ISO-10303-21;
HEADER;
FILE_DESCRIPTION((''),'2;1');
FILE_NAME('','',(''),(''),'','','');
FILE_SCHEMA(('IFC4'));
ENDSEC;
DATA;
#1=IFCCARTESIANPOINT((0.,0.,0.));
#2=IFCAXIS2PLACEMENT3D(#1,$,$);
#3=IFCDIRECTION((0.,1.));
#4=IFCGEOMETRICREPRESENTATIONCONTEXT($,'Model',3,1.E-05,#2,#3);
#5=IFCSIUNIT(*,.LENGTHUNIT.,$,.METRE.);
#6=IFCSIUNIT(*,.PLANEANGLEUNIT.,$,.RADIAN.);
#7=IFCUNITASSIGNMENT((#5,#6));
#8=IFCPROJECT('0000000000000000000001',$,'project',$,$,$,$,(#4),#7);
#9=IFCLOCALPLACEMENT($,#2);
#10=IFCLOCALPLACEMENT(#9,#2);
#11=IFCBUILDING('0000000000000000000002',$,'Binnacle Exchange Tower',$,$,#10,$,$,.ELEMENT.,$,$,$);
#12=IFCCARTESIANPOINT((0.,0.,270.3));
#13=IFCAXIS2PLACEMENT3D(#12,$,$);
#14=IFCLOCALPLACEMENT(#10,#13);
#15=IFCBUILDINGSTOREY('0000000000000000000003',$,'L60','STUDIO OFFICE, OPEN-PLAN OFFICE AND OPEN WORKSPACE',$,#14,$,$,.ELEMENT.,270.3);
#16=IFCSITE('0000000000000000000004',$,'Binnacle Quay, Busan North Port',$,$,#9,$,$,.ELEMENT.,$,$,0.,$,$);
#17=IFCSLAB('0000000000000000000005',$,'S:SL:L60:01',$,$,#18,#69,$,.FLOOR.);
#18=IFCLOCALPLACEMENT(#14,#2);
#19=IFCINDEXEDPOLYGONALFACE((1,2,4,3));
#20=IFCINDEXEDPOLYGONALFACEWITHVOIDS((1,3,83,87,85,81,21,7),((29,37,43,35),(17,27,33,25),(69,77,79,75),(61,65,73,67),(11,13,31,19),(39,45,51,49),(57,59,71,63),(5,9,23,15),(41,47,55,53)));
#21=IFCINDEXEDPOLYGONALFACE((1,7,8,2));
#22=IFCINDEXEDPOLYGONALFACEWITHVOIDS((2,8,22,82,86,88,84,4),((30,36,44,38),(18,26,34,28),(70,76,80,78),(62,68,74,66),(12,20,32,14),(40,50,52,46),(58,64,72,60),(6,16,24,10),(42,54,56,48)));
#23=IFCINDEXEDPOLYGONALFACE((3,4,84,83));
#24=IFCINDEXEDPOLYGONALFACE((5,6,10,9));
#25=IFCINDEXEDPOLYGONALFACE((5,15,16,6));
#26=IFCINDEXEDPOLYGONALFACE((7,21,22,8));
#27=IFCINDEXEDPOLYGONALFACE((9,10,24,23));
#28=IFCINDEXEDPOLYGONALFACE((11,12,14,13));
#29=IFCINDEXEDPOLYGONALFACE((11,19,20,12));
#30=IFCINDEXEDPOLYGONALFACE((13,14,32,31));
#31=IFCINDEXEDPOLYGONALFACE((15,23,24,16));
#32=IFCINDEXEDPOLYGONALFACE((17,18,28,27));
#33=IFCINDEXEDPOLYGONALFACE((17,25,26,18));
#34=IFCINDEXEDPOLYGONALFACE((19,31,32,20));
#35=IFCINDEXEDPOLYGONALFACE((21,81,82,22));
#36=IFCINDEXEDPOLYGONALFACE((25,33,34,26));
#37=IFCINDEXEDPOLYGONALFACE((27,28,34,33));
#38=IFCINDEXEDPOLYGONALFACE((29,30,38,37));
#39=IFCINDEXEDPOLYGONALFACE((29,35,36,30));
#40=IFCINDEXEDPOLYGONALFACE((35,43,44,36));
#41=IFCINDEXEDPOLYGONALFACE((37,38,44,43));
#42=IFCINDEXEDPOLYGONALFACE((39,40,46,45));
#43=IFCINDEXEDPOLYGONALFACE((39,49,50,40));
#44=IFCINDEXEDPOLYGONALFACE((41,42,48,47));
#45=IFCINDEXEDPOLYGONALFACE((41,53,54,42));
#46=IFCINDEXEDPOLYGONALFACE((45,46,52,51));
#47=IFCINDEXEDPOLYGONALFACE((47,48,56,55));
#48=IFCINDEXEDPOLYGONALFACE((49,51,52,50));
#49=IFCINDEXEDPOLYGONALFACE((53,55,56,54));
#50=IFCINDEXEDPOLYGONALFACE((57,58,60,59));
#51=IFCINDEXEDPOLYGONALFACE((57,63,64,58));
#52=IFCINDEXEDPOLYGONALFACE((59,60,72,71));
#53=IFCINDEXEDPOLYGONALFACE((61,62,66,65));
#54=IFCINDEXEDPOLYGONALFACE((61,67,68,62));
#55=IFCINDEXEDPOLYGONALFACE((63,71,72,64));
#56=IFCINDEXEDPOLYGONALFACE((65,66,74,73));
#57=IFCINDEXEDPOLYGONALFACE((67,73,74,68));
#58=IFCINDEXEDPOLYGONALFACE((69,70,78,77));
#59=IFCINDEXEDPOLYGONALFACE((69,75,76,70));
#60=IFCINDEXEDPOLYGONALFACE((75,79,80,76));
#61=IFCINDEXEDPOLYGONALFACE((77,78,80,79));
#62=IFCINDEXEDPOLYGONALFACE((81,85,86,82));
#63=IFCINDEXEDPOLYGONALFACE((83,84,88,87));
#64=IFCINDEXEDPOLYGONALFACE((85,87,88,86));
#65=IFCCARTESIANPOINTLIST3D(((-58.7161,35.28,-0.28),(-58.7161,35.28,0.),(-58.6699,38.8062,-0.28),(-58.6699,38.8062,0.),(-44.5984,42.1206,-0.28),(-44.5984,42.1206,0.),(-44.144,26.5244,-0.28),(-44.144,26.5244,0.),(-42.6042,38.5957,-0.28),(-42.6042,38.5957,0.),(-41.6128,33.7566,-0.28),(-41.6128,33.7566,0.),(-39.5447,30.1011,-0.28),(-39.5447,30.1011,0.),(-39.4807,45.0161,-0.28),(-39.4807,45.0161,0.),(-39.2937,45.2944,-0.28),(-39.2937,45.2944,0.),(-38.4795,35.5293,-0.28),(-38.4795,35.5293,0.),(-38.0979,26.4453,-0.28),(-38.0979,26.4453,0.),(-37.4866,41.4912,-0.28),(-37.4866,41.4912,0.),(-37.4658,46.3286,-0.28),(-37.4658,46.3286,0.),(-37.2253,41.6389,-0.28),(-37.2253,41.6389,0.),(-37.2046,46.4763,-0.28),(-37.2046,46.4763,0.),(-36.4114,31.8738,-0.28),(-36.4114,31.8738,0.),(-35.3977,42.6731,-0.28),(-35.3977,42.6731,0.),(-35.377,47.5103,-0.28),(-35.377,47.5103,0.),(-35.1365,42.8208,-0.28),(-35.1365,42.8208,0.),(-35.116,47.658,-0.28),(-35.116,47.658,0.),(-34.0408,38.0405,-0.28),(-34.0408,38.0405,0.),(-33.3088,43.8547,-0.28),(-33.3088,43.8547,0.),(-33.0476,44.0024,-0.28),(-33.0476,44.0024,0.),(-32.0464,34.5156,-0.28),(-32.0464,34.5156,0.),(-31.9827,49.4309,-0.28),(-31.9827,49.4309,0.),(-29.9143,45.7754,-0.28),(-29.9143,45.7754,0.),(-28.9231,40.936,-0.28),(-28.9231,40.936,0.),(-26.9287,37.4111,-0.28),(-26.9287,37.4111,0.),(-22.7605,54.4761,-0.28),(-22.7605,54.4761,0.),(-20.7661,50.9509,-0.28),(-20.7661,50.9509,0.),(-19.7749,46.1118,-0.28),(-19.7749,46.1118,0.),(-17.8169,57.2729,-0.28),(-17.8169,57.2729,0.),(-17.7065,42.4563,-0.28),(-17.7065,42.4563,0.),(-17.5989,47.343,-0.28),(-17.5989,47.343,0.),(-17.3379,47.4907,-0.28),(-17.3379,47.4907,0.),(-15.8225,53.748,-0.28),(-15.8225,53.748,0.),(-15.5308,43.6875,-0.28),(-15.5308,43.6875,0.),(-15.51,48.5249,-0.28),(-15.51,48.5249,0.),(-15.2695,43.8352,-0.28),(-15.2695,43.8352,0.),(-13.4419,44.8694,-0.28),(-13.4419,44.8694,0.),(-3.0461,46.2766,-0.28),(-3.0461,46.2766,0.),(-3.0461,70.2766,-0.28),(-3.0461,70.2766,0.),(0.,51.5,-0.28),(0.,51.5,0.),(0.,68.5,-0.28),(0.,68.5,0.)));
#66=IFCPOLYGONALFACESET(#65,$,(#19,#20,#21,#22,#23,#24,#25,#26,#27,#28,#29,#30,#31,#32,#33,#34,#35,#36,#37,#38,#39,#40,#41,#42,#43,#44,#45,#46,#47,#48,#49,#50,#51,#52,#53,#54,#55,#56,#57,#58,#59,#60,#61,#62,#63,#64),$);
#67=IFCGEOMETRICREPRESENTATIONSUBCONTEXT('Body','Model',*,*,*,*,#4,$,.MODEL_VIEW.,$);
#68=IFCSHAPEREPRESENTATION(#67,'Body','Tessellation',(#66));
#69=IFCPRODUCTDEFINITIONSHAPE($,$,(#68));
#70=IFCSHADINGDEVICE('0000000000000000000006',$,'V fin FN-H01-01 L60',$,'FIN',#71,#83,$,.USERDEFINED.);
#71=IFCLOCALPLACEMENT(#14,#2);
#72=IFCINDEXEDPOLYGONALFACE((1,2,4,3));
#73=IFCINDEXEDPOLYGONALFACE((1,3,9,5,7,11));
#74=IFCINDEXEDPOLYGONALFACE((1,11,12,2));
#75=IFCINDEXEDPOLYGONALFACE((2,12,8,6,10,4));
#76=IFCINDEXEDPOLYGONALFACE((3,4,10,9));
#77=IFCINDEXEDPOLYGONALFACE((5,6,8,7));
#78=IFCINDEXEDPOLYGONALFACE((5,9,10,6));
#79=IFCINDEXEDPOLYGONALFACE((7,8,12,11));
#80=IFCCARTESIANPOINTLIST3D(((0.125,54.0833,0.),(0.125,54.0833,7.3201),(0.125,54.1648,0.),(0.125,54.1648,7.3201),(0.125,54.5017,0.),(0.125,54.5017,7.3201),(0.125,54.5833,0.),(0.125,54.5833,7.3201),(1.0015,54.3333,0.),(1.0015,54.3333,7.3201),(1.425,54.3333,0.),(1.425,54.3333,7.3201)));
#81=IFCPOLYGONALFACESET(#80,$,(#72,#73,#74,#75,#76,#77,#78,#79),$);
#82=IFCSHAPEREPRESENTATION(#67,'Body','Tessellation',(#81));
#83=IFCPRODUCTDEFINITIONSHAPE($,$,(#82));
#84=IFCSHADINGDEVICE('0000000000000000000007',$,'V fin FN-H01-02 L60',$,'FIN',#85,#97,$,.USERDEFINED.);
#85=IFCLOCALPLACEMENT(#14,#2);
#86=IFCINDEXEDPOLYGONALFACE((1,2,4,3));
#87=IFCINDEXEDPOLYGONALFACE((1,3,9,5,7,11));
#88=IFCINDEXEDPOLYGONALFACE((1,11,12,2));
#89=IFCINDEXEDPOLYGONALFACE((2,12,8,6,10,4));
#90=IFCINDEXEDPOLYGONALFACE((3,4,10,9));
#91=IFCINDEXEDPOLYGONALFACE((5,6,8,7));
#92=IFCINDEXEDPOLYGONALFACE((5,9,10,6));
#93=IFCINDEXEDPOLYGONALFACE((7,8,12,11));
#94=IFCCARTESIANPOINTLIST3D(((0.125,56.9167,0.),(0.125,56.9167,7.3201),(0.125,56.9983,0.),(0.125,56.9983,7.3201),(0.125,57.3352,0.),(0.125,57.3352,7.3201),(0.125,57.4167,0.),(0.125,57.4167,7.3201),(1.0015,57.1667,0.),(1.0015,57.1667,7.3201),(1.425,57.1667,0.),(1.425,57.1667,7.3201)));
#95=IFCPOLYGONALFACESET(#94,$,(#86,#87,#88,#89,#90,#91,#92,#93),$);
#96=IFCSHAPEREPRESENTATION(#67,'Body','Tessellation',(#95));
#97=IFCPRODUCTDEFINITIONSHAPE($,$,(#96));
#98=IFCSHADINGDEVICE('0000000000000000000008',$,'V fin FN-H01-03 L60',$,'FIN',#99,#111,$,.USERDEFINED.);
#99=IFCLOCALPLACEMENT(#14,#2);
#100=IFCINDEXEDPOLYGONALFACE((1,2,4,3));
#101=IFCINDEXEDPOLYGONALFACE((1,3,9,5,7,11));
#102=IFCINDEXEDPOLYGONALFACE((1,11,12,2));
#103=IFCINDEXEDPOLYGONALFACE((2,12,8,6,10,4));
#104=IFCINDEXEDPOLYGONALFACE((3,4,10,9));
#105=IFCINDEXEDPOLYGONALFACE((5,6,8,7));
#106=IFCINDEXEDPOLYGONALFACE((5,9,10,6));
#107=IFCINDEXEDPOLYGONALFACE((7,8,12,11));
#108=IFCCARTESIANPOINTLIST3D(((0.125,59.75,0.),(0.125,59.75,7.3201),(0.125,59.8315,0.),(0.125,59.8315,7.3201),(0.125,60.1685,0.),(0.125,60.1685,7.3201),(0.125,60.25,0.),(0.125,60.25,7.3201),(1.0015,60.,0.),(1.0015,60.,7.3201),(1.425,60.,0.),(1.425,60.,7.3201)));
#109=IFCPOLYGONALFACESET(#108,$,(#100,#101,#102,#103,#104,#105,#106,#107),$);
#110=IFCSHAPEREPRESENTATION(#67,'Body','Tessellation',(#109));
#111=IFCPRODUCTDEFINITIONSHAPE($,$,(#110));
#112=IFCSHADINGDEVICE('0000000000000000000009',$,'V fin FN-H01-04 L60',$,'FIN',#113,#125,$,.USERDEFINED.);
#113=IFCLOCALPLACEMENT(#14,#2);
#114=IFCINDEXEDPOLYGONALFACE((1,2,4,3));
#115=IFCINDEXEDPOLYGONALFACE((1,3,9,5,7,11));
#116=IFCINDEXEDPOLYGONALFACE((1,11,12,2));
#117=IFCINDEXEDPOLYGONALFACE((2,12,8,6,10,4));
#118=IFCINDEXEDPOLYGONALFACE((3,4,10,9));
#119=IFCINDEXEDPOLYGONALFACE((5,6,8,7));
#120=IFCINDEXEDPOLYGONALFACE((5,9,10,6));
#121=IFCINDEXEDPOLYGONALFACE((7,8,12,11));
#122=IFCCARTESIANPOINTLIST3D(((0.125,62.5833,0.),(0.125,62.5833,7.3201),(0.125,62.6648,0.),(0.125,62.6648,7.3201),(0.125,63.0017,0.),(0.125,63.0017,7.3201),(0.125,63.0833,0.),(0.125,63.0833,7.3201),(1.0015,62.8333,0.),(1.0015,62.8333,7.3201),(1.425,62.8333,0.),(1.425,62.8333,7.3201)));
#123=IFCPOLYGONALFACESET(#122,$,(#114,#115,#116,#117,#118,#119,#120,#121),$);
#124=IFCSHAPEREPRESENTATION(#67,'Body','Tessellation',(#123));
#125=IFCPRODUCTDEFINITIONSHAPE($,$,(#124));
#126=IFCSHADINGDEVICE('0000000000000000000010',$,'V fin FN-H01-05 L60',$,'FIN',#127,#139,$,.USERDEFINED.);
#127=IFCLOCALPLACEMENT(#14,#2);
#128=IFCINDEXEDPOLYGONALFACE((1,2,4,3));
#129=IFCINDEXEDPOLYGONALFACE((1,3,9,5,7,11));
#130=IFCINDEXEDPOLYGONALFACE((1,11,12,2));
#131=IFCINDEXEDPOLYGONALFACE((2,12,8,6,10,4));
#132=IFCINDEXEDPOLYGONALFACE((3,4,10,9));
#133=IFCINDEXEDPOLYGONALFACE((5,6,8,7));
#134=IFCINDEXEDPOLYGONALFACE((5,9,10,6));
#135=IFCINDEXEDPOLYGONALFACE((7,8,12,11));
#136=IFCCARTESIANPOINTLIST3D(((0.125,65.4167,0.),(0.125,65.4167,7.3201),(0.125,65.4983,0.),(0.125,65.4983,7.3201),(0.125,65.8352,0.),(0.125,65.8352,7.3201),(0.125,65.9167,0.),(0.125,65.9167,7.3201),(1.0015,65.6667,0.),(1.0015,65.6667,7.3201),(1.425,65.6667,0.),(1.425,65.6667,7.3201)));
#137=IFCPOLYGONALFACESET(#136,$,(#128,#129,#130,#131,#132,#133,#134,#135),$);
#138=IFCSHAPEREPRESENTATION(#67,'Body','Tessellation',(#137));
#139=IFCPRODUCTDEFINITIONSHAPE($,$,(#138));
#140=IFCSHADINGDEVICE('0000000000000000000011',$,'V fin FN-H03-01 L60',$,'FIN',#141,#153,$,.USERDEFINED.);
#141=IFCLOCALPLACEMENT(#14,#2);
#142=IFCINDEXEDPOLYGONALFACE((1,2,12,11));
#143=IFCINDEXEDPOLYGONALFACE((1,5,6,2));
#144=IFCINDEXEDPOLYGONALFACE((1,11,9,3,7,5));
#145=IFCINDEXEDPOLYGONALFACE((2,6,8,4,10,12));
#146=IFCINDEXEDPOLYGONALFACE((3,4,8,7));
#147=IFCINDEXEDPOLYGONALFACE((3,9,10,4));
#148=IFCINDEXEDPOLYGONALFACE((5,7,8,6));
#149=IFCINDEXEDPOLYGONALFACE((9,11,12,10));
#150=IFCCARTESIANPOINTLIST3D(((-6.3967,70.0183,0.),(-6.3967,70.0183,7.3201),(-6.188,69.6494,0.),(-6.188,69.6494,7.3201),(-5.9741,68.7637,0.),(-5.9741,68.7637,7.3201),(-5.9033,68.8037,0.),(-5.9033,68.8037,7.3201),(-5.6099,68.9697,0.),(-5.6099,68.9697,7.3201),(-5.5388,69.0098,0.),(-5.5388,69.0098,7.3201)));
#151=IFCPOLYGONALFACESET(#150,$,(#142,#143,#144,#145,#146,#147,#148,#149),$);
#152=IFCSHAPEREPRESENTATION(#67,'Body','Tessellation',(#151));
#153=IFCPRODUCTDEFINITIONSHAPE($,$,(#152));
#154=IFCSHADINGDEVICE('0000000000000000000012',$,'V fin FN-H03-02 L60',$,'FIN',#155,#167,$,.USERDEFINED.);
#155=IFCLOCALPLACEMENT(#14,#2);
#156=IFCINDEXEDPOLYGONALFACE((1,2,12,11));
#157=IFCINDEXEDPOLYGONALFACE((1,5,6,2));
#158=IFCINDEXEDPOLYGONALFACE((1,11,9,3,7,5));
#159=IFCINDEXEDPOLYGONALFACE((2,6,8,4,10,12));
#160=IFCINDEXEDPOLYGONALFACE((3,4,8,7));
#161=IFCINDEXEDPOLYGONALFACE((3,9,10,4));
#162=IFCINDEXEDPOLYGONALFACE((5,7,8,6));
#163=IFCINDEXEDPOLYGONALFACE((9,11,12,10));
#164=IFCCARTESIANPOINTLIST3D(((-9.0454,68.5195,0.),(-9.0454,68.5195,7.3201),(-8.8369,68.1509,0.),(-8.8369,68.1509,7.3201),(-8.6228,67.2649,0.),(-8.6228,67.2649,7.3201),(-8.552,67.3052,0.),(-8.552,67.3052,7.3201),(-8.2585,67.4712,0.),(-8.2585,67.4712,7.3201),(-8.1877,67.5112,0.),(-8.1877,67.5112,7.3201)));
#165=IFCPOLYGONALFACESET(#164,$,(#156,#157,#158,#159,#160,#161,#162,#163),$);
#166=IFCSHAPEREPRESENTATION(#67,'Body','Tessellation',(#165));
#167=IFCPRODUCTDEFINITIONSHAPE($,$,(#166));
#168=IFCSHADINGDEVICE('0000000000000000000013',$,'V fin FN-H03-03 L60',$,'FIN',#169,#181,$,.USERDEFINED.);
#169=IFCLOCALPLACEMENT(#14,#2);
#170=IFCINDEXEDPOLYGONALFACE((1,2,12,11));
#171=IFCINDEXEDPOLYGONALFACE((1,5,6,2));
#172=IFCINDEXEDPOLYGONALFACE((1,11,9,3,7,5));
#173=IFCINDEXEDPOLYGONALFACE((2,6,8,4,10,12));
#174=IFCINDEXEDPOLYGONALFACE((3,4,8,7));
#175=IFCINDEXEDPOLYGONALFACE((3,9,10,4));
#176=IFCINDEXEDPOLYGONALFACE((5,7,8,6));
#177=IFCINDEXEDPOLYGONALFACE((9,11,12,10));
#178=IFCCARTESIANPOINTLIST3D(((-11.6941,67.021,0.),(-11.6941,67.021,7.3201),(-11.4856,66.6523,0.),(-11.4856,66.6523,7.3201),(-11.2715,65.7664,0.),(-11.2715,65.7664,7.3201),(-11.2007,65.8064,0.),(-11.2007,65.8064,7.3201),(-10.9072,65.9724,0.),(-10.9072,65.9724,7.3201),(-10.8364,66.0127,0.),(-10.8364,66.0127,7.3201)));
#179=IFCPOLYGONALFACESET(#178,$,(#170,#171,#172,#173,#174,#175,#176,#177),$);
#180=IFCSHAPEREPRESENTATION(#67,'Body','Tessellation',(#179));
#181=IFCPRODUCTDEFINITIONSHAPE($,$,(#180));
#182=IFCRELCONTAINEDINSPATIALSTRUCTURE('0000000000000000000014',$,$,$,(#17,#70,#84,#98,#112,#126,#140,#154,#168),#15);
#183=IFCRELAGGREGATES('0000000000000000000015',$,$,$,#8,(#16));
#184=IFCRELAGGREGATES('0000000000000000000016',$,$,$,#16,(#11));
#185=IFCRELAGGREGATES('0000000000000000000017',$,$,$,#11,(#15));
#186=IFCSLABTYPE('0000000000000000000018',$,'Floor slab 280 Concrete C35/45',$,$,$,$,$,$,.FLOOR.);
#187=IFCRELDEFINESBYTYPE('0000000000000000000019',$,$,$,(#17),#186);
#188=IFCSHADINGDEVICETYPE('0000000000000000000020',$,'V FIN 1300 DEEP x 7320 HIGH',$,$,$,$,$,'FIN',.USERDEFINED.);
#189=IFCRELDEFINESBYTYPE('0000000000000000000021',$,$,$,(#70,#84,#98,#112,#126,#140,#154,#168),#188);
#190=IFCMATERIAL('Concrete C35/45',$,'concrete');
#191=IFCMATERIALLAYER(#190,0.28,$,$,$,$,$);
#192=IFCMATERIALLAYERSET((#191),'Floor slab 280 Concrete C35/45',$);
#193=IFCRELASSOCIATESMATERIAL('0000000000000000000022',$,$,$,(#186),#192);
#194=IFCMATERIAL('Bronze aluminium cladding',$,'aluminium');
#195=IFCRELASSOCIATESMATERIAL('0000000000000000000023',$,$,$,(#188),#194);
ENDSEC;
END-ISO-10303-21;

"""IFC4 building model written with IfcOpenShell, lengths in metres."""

from ifc_helpers import new_model, si_unit, direction, frame, origin, place, context, subcontext, project, spatial, polyline, outline, extrude, material, layer, layer_set, type_object, element, save


model = new_model("IFC4")

# Units and contexts
model_context = context("Model", 3, precision=1e-05, world=origin(), true_north=direction((0.0, 1.0)))
body_context = subcontext(model_context, "Body", "Model", "MODEL_VIEW")
ifc_project = project(units=[si_unit("LENGTHUNIT", "METRE"), si_unit("PLANEANGLEUNIT", "RADIAN")], contexts=[model_context])

# Site, building, storey
site_placement = place(None, origin())
site = spatial("IfcSite", under=ifc_project, at=site_placement, Name="Binnacle Quay, Busan North Port", CompositionType="ELEMENT", RefElevation=0.0)
building_placement = place(site_placement, origin())
building = spatial("IfcBuilding", under=site, at=building_placement, Name="Binnacle Exchange Tower", CompositionType="ELEMENT")
storey_placement = place(building_placement, frame((0.0, 0.0, 270.3)))
storey = spatial("IfcBuildingStorey", under=building, at=storey_placement, Name="L60", Description="STUDIO OFFICE, OPEN-PLAN OFFICE AND OPEN WORKSPACE", CompositionType="ELEMENT", Elevation=270.3)

# Slab
ifc_material_1 = material(Name="Concrete C35/45", Category="concrete")
ifc_layer = layer(ifc_material_1, 0.28)
ifc_layer_set = layer_set([ifc_layer], Name="Floor slab 280 Concrete C35/45")
slab_type = type_object("IfcSlabType", Name="Floor slab 280 Concrete C35/45", PredefinedType="FLOOR", material=ifc_layer_set)
slab_placement = place(storey_placement, frame((0.0, 0.0, -0.28)))
element("IfcSlab", 1, at=slab_placement, inside=storey, type_object=slab_type, Name="S:SL:L60:01", PredefinedType="FLOOR", context=body_context, shape_type="SweptSolid", body=[
    extrude(outline(polyline([(-38.0979, 26.4453), (-44.144, 26.5244), (-58.7161, 35.28), (-58.6699, 38.8062), (-3.0461, 70.2766), (0.0, 68.5), (0.0, 51.5), (-3.0461, 46.2766), (-38.0979, 26.4453)]), holes=[polyline([(-38.4795, 35.5293), (-41.6128, 33.7566), (-39.5447, 30.1011), (-36.4114, 31.8738), (-38.4795, 35.5293)]), polyline([(-32.0464, 34.5156), (-26.9287, 37.4111), (-28.9231, 40.936), (-34.0408, 38.0405), (-32.0464, 34.5156)]), polyline([(-39.4807, 45.0161), (-44.5984, 42.1206), (-42.6042, 38.5957), (-37.4866, 41.4912), (-39.4807, 45.0161)]), polyline([(-37.4658, 46.3286), (-39.2937, 45.2944), (-37.2253, 41.6389), (-35.3977, 42.6731), (-37.4658, 46.3286)]), polyline([(-17.5989, 47.343), (-19.7749, 46.1118), (-17.7065, 42.4563), (-15.5308, 43.6875), (-17.5989, 47.343)]), polyline([(-35.377, 47.5103), (-37.2046, 46.4763), (-35.1365, 42.8208), (-33.3088, 43.8547), (-35.377, 47.5103)]), polyline([(-15.51, 48.5249), (-17.3379, 47.4907), (-15.2695, 43.8352), (-13.4419, 44.8694), (-15.51, 48.5249)]), polyline([(-29.9143, 45.7754), (-31.9827, 49.4309), (-35.116, 47.658), (-33.0476, 44.0024), (-29.9143, 45.7754)]), polyline([(-15.8225, 53.748), (-17.8169, 57.2729), (-22.7605, 54.4761), (-20.7661, 50.9509), (-15.8225, 53.748)])]), origin(), (0.0, 0.0, 1.0), 0.28),
])

# Shading devices
ifc_material_2 = material(Name="Bronze aluminium cladding", Category="aluminium")
shading_device_type = type_object("IfcShadingDeviceType", Name="V FIN 1300 DEEP x 7320 HIGH", ElementType="FIN", PredefinedType="USERDEFINED", material=ifc_material_2)
shading_device_1_placement = place(storey_placement, origin())
element("IfcShadingDevice", 2, at=shading_device_1_placement, inside=storey, type_object=shading_device_type, Name="V fin FN-H01-01 L60", ObjectType="FIN", PredefinedType="USERDEFINED", context=body_context, shape_type="SweptSolid", body=[
    extrude(outline(polyline([(0.125, 54.0833), (1.425, 54.3333), (0.125, 54.5833), (0.125, 54.5017), (1.0015, 54.3333), (0.125, 54.1648), (0.125, 54.0833)])), origin(), (0.0, 0.0, 1.0), 7.3201),
])
shading_device_2_placement = place(storey_placement, origin())
element("IfcShadingDevice", 3, at=shading_device_2_placement, inside=storey, type_object=shading_device_type, Name="V fin FN-H01-02 L60", ObjectType="FIN", PredefinedType="USERDEFINED", context=body_context, shape_type="SweptSolid", body=[
    extrude(outline(polyline([(0.125, 56.9167), (1.425, 57.1667), (0.125, 57.4167), (0.125, 57.3352), (1.0015, 57.1667), (0.125, 56.9983), (0.125, 56.9167)])), origin(), (0.0, 0.0, 1.0), 7.3201),
])
shading_device_3_placement = place(storey_placement, origin())
element("IfcShadingDevice", 4, at=shading_device_3_placement, inside=storey, type_object=shading_device_type, Name="V fin FN-H01-03 L60", ObjectType="FIN", PredefinedType="USERDEFINED", context=body_context, shape_type="SweptSolid", body=[
    extrude(outline(polyline([(0.125, 59.75), (1.425, 60.0), (0.125, 60.25), (0.125, 60.1685), (1.0015, 60.0), (0.125, 59.8315), (0.125, 59.75)])), origin(), (0.0, 0.0, 1.0), 7.3201),
])
shading_device_4_placement = place(storey_placement, origin())
element("IfcShadingDevice", 5, at=shading_device_4_placement, inside=storey, type_object=shading_device_type, Name="V fin FN-H01-04 L60", ObjectType="FIN", PredefinedType="USERDEFINED", context=body_context, shape_type="SweptSolid", body=[
    extrude(outline(polyline([(0.125, 62.5833), (1.425, 62.8333), (0.125, 63.0833), (0.125, 63.0017), (1.0015, 62.8333), (0.125, 62.6648), (0.125, 62.5833)])), origin(), (0.0, 0.0, 1.0), 7.3201),
])
shading_device_5_placement = place(storey_placement, origin())
element("IfcShadingDevice", 6, at=shading_device_5_placement, inside=storey, type_object=shading_device_type, Name="V fin FN-H01-05 L60", ObjectType="FIN", PredefinedType="USERDEFINED", context=body_context, shape_type="SweptSolid", body=[
    extrude(outline(polyline([(0.125, 65.4167), (1.425, 65.6667), (0.125, 65.9167), (0.125, 65.8352), (1.0015, 65.6667), (0.125, 65.4983), (0.125, 65.4167)])), origin(), (0.0, 0.0, 1.0), 7.3201),
])
shading_device_6_placement = place(storey_placement, origin())
element("IfcShadingDevice", 7, at=shading_device_6_placement, inside=storey, type_object=shading_device_type, Name="V fin FN-H03-01 L60", ObjectType="FIN", PredefinedType="USERDEFINED", context=body_context, shape_type="SweptSolid", body=[
    extrude(outline(polyline([(-5.5388, 69.0098), (-6.3967, 70.0183), (-5.9741, 68.7637), (-5.9033, 68.8037), (-6.188, 69.6494), (-5.6099, 68.9697), (-5.5388, 69.0098)])), origin(), (0.0, 0.0, 1.0), 7.3201),
])
shading_device_7_placement = place(storey_placement, origin())
element("IfcShadingDevice", 8, at=shading_device_7_placement, inside=storey, type_object=shading_device_type, Name="V fin FN-H03-02 L60", ObjectType="FIN", PredefinedType="USERDEFINED", context=body_context, shape_type="SweptSolid", body=[
    extrude(outline(polyline([(-8.1877, 67.5112), (-9.0454, 68.5195), (-8.6228, 67.2649), (-8.552, 67.3052), (-8.8369, 68.1509), (-8.2585, 67.4712), (-8.1877, 67.5112)])), origin(), (0.0, 0.0, 1.0), 7.3201),
])
shading_device_8_placement = place(storey_placement, origin())
element("IfcShadingDevice", 9, at=shading_device_8_placement, inside=storey, type_object=shading_device_type, Name="V fin FN-H03-03 L60", ObjectType="FIN", PredefinedType="USERDEFINED", context=body_context, shape_type="SweptSolid", body=[
    extrude(outline(polyline([(-10.8364, 66.0127), (-11.6941, 67.021), (-11.2715, 65.7664), (-11.2007, 65.8064), (-11.4856, 66.6523), (-10.9072, 65.9724), (-10.8364, 66.0127)])), origin(), (0.0, 0.0, 1.0), 7.3201),
])

save(model, "model.ifc")
